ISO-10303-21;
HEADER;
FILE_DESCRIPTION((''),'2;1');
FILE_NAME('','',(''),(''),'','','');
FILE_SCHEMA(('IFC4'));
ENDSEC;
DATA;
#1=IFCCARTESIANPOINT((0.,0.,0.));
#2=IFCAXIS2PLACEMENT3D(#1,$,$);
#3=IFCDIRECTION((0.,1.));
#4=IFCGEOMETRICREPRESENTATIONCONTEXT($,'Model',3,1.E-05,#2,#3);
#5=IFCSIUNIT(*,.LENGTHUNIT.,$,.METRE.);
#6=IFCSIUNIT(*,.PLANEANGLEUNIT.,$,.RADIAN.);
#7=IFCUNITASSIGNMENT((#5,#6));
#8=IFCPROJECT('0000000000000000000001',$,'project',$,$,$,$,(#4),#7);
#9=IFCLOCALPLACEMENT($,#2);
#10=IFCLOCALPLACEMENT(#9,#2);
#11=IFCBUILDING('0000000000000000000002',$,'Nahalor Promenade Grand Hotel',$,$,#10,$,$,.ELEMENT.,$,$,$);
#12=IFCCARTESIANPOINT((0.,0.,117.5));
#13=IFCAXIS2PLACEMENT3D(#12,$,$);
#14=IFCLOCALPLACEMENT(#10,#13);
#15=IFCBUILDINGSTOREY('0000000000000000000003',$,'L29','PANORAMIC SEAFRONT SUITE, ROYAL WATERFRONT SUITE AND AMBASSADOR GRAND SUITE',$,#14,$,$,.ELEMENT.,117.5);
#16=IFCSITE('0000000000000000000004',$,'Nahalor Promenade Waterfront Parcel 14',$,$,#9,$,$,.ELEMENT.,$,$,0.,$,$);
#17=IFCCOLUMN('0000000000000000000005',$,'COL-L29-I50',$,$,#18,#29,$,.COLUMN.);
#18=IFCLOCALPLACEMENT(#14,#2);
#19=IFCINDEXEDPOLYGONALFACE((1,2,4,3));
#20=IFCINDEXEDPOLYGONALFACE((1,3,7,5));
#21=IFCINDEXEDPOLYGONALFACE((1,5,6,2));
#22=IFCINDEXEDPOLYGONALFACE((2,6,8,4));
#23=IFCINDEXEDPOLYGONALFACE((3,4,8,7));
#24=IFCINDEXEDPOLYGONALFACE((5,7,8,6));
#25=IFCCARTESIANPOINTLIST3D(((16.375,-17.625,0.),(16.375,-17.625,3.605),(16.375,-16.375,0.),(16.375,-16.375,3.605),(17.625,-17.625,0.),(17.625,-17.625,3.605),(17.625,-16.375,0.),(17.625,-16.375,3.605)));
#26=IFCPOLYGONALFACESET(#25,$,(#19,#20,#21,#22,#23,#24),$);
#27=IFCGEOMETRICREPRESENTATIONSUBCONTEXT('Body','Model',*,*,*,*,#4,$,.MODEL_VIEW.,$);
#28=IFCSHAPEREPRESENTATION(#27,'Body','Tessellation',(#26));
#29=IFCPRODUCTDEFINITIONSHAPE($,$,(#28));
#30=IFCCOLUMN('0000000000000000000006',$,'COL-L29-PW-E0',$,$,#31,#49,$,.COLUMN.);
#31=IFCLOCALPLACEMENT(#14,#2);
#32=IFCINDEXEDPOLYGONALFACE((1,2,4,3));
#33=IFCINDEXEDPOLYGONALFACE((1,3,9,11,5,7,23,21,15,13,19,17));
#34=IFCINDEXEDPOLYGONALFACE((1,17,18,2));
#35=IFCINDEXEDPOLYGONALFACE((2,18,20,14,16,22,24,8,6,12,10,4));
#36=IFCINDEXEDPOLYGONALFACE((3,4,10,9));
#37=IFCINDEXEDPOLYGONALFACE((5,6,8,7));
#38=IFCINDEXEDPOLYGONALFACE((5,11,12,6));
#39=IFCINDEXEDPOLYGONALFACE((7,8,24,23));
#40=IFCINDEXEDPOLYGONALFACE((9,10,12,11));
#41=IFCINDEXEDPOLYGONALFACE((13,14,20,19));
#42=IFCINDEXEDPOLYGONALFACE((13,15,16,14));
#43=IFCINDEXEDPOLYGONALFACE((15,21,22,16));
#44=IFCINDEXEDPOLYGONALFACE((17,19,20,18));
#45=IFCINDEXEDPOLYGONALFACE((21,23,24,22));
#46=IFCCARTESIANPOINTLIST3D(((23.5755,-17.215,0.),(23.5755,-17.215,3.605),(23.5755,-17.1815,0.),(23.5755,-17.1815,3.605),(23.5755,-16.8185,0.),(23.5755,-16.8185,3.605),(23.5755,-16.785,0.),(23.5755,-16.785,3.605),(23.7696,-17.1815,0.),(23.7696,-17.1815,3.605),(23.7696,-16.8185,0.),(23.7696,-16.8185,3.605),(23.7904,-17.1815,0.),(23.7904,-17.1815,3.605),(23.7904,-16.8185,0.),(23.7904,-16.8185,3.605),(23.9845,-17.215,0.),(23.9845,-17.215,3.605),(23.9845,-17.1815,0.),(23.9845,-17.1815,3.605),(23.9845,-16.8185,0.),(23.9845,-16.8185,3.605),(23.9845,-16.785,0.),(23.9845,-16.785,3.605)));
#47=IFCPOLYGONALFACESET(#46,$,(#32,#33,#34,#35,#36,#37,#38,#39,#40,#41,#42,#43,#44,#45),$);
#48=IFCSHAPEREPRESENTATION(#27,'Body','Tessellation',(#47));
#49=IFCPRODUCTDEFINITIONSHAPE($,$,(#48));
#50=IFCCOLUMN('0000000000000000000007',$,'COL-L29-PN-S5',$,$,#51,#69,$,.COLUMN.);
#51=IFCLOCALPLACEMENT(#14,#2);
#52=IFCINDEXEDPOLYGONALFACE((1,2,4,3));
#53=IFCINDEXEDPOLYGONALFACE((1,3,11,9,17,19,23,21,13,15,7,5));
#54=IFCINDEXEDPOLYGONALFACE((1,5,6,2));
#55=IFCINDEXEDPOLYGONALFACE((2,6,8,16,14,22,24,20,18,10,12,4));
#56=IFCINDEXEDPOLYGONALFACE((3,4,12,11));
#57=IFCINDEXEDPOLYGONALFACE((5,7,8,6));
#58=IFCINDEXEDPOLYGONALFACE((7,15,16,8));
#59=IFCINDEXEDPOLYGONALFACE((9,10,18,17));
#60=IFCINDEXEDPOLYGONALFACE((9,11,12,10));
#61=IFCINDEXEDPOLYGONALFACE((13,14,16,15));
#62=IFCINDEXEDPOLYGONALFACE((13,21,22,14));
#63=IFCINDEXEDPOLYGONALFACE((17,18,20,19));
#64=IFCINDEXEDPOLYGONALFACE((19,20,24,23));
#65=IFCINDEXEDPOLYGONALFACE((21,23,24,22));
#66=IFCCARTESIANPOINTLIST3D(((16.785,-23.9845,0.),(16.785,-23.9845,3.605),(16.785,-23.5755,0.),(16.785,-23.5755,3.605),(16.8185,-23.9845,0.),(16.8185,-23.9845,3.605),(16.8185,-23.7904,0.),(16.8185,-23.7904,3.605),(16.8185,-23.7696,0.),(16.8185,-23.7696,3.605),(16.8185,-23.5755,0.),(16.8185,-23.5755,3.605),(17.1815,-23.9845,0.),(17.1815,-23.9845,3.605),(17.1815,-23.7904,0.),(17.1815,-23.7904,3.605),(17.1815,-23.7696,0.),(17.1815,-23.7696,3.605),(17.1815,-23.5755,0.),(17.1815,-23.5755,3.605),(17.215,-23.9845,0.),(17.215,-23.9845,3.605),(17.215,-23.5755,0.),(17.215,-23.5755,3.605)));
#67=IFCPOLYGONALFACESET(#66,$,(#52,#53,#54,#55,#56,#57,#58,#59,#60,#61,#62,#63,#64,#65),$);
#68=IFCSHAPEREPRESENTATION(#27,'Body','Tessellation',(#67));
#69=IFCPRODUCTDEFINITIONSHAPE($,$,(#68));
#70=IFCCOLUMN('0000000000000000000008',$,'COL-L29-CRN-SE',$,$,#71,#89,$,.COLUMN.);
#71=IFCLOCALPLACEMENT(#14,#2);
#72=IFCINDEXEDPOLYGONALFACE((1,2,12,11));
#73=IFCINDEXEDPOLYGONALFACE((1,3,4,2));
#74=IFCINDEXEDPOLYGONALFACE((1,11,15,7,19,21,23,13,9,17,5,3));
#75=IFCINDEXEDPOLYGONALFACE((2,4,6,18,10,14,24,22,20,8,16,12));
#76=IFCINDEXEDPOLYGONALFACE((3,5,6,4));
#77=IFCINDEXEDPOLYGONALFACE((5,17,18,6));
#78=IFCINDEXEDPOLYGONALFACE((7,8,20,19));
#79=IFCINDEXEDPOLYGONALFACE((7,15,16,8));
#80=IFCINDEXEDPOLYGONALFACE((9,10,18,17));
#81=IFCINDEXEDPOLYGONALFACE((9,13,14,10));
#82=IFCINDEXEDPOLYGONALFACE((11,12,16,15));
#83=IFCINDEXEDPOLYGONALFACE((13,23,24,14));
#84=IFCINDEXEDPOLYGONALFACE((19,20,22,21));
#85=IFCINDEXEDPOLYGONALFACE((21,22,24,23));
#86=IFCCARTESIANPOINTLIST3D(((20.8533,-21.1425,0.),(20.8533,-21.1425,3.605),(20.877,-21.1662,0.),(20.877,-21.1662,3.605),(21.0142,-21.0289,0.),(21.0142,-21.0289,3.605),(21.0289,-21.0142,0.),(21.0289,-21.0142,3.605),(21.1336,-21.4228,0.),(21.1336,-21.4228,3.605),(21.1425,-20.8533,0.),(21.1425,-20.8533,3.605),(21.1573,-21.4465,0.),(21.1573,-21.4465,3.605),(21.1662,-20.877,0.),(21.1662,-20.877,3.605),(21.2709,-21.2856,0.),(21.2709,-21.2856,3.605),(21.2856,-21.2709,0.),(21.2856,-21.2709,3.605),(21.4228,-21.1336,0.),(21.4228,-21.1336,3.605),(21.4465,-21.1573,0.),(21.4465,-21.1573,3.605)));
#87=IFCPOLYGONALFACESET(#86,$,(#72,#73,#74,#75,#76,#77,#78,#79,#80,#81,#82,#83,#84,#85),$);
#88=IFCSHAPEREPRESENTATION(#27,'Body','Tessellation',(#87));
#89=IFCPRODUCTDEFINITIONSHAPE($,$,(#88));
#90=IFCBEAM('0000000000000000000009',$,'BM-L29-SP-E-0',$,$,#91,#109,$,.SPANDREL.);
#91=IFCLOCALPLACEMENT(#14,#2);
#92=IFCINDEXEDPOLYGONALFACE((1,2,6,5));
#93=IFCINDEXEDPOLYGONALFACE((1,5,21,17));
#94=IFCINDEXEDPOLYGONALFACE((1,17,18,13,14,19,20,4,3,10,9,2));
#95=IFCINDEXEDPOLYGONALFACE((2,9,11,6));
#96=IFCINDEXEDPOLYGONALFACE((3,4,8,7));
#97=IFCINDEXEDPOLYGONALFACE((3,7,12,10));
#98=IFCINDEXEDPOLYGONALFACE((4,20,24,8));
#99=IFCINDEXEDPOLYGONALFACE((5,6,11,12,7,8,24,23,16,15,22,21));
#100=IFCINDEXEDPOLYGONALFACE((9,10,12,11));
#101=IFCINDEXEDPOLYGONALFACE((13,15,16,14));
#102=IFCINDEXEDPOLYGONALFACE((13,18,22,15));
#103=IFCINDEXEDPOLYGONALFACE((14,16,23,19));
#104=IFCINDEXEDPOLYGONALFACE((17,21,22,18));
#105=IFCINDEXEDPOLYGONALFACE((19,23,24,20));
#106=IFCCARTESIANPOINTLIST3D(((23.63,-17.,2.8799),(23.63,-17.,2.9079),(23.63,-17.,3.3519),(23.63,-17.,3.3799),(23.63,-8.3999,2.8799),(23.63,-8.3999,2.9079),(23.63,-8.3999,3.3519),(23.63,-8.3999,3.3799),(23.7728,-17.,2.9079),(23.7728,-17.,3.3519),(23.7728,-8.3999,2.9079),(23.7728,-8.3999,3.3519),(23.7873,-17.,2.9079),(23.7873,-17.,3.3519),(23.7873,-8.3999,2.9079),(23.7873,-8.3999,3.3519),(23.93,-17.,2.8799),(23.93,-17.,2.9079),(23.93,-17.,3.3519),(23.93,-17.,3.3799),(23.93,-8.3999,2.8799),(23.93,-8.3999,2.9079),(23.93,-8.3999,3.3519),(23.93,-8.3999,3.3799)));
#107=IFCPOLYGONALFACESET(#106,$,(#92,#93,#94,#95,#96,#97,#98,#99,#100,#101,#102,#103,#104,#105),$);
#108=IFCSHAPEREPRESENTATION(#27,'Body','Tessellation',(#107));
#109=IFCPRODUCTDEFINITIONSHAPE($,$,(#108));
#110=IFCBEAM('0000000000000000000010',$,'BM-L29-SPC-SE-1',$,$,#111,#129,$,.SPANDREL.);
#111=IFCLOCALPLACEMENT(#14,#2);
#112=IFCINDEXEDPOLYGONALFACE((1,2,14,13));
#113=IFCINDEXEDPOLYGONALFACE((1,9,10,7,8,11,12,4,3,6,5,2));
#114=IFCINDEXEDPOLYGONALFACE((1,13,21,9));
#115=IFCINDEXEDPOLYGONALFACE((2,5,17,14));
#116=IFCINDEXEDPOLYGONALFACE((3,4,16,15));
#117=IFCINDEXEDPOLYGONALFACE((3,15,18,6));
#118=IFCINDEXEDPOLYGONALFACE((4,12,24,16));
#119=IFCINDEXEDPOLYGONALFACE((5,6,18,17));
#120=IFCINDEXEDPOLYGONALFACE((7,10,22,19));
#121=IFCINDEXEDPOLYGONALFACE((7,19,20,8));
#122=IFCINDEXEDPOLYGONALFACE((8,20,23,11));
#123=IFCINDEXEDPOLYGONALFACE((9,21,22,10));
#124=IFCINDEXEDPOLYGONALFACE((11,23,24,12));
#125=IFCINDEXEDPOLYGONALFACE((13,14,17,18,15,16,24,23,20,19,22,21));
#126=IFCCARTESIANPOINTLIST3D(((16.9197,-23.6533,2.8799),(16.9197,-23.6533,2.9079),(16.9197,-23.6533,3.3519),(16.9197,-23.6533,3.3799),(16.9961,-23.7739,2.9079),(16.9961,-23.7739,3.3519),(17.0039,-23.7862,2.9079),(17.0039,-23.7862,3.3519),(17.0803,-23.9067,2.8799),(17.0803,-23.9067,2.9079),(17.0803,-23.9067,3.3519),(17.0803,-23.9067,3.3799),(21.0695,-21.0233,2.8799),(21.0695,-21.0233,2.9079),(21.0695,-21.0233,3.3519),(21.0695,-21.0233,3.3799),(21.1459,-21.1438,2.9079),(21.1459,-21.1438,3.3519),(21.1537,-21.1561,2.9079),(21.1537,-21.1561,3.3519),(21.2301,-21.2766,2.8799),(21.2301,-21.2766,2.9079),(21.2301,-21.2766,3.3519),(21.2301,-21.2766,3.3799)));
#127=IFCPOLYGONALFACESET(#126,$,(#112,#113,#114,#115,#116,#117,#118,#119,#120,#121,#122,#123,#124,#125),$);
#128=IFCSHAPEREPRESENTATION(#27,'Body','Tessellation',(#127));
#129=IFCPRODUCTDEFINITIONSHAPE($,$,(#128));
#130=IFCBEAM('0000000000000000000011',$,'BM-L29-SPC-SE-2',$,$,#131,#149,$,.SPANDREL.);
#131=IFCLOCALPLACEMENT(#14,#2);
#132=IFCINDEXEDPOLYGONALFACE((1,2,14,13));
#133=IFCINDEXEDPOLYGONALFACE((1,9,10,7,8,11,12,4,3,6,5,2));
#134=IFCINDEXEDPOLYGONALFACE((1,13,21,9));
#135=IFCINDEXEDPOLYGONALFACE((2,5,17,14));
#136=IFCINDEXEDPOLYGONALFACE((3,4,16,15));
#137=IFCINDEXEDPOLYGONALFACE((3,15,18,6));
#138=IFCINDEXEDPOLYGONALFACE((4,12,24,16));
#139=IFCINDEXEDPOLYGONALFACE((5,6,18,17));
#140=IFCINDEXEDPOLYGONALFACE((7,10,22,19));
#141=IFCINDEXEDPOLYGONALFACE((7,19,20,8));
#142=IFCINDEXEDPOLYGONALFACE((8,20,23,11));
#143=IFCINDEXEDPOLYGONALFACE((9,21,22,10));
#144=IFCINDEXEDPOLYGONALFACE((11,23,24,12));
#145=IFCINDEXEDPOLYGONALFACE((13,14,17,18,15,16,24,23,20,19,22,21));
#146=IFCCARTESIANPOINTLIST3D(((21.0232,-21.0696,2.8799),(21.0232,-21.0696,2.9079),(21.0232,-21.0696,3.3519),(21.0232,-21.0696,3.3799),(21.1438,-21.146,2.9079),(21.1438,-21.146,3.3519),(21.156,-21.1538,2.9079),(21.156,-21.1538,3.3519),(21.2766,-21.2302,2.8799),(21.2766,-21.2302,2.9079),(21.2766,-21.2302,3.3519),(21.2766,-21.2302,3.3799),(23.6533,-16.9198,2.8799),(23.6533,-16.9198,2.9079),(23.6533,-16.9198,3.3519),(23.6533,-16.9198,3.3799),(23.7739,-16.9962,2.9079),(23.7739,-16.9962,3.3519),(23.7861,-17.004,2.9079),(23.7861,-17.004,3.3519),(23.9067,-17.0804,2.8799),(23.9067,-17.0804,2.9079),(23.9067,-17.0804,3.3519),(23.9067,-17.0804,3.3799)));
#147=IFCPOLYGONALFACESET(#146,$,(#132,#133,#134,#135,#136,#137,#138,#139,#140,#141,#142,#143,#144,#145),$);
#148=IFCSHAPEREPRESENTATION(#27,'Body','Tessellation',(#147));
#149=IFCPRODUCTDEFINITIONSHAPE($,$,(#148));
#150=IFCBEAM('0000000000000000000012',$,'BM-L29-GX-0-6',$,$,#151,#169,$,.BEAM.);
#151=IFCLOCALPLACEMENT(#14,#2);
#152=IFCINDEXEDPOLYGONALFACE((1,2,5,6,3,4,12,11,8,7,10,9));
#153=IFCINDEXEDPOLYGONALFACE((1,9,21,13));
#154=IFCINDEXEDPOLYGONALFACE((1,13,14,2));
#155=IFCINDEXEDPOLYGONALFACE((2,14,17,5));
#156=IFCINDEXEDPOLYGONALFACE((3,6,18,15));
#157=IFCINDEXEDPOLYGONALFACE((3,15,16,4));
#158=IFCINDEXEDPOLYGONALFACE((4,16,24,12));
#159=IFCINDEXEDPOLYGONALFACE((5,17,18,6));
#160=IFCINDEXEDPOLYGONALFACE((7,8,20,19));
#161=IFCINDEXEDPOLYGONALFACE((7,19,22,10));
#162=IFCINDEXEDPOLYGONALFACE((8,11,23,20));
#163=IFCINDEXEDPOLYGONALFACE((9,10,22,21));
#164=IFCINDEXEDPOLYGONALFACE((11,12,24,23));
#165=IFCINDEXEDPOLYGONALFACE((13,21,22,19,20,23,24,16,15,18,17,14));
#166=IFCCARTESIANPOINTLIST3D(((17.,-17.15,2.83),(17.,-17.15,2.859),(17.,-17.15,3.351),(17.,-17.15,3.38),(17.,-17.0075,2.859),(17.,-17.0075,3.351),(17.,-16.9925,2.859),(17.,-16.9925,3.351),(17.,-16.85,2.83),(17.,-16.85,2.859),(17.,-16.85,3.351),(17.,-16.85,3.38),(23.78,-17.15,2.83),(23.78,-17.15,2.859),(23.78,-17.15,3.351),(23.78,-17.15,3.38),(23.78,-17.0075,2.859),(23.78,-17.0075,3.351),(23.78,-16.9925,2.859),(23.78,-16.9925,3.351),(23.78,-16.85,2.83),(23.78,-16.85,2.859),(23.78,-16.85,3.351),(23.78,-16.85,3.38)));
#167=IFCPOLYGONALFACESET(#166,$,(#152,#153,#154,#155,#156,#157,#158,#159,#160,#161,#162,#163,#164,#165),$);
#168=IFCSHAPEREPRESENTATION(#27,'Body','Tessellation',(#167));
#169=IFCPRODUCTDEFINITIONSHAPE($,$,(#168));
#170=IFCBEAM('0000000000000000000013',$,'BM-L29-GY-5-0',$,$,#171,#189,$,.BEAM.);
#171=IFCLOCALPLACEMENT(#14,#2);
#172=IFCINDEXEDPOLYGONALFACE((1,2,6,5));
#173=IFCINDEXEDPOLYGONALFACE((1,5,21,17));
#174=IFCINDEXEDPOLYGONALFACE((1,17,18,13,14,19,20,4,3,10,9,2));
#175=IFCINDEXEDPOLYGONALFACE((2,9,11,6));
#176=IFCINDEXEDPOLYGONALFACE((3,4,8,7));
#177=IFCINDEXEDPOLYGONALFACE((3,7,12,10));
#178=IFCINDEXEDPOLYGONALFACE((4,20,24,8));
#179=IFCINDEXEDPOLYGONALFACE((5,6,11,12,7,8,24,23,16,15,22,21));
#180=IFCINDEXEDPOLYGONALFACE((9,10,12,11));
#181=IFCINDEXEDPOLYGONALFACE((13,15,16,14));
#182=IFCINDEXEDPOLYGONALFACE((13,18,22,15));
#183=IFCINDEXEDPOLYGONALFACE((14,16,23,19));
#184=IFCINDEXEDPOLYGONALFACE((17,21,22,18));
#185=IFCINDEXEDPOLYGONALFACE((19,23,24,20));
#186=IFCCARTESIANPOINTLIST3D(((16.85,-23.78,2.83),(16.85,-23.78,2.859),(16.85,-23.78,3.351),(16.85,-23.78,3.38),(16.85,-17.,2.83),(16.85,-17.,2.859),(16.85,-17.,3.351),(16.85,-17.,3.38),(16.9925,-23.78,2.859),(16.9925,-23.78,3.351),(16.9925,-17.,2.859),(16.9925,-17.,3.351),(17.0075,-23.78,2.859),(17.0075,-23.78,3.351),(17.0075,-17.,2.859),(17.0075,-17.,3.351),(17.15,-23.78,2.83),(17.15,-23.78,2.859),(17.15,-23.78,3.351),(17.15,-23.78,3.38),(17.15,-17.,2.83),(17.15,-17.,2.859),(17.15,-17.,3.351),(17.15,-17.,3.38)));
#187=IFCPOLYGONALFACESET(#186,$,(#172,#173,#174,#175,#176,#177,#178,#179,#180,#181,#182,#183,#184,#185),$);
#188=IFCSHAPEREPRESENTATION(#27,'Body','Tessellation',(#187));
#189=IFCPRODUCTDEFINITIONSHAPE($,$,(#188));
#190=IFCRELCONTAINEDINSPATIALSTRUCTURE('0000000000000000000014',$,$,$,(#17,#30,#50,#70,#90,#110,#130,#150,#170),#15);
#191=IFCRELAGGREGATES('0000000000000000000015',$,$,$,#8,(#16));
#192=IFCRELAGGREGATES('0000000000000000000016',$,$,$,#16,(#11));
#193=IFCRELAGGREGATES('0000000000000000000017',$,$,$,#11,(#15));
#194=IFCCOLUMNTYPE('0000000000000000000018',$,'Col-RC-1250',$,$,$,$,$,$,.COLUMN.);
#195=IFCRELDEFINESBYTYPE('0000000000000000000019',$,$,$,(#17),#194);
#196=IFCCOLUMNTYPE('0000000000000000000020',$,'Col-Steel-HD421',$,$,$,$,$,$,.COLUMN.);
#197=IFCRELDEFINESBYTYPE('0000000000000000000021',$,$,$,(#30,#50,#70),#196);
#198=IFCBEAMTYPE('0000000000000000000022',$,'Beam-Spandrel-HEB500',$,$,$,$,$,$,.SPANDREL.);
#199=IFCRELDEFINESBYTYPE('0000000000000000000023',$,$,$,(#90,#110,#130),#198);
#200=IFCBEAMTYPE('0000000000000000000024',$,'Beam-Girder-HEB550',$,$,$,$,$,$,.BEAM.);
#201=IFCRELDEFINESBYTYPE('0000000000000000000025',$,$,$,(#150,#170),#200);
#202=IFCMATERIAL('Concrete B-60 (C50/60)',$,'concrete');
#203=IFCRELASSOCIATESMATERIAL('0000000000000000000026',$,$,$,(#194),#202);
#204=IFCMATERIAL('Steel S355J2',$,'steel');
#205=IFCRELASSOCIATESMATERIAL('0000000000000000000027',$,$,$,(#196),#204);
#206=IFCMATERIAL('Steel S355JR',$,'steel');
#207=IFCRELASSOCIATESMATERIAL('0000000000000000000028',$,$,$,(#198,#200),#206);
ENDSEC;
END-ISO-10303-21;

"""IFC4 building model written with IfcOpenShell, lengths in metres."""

from ifc_helpers import new_model, si_unit, direction, frame, origin, origin_2d, place, context, subcontext, project, spatial, rectangle, i_section, extrude, source, transform, mapped, material, material_profile, profile_set, type_object, element, save


model = new_model("IFC4")

# Units and contexts
model_context = context("Model", 3, precision=1e-05, world=origin(), true_north=direction((0.0, 1.0)))
body_context = subcontext(model_context, "Body", "Model", "MODEL_VIEW")
ifc_project = project(units=[si_unit("LENGTHUNIT", "METRE"), si_unit("PLANEANGLEUNIT", "RADIAN")], contexts=[model_context])

# Site, building, storey
site_placement = place(None, origin())
site = spatial("IfcSite", under=ifc_project, at=site_placement, Name="Nahalor Promenade Waterfront Parcel 14", CompositionType="ELEMENT", RefElevation=0.0)
building_placement = place(site_placement, origin())
building = spatial("IfcBuilding", under=site, at=building_placement, Name="Nahalor Promenade Grand Hotel", CompositionType="ELEMENT")
storey_placement = place(building_placement, frame((0.0, 0.0, 117.5)))
storey = spatial("IfcBuildingStorey", under=building, at=storey_placement, Name="L29", Description="PANORAMIC SEAFRONT SUITE, ROYAL WATERFRONT SUITE AND AMBASSADOR GRAND SUITE", CompositionType="ELEMENT", Elevation=117.5)

# Columns
ifc_material_1 = material(Name="Concrete B-60 (C50/60)", Category="concrete")
ifc_material_profile_1 = material_profile(ifc_material_1, rectangle(XDim=1.25, YDim=1.25, at=origin_2d()), Name="RC 1250x1250")
ifc_profile_set_1 = profile_set([ifc_material_profile_1], Name="Concrete B-60 (C50/60)")
column_type_1 = type_object("IfcColumnType", Name="Col-RC-1250", PredefinedType="COLUMN", material=ifc_profile_set_1)
shared_shape_1 = source(origin(), body_context, "Body", "SweptSolid", [
    extrude(rectangle(XDim=1.25, YDim=1.25, at=origin_2d()), origin(), (0.0, 0.0, 1.0), 3.605),
])
column_placement = place(storey_placement, frame((17.0, -17.0, 0.0), z_axis=(0.0, 0.0, 1.0), x_axis=(1.0, 0.0, 0.0)))
element("IfcColumn", 1, at=column_placement, inside=storey, type_object=column_type_1, Name="COL-L29-I50", PredefinedType="COLUMN", context=body_context, shape_type="MappedRepresentation", body=[
    mapped(shared_shape_1, transform((0.0, 0.0, 0.0), scale=1.0)),
])
ifc_material_2 = material(Name="Steel S355J2", Category="steel")
ifc_material_profile_2 = material_profile(ifc_material_2, i_section(OverallWidth=0.409, OverallDepth=0.43, WebThickness=0.0208, FlangeThickness=0.0335, at=origin_2d()), Name="HD 400x421")
ifc_profile_set_2 = profile_set([ifc_material_profile_2], Name="Steel S355J2")
column_type_2 = type_object("IfcColumnType", Name="Col-Steel-HD421", PredefinedType="COLUMN", material=ifc_profile_set_2)
shared_shape_2 = source(origin(), body_context, "Body", "SweptSolid", [
    extrude(i_section(OverallWidth=0.409, OverallDepth=0.43, WebThickness=0.0208, FlangeThickness=0.0335, at=origin_2d()), origin(), (0.0, 0.0, 1.0), 3.605),
])
for number, where, z_axis, x_axis, name in (
    (2, (23.78, -17.0, 0.0), (0.0, 0.0, 1.0), (1.0, 0.0, 0.0), "COL-L29-PW-E0"),
    (3, (17.0, -23.78, 0.0), (0.0, 0.0, 1.0), (0.0, 1.0, 0.0), "COL-L29-PN-S5"),
    (4, (21.1499, -21.1499, 0.0), (0.0, 0.0, 1.0), (0.707107, 0.707107, 0.0), "COL-L29-CRN-SE"),
):
    element("IfcColumn", number, at=place(storey_placement, frame(where, z_axis=z_axis, x_axis=x_axis)), inside=storey, type_object=column_type_2, Name=name, PredefinedType="COLUMN", context=body_context, shape_type="MappedRepresentation", body=[
        mapped(shared_shape_2, transform((0.0, 0.0, 0.0), scale=1.0)),
    ])

# Beams
ifc_material_3 = material(Name="Steel S355JR", Category="steel")
ifc_material_profile_3 = material_profile(ifc_material_3, i_section(OverallWidth=0.3, OverallDepth=0.5, WebThickness=0.0145, FlangeThickness=0.028, at=origin_2d()), Name="HEB 500")
ifc_profile_set_3 = profile_set([ifc_material_profile_3], Name="Steel S355JR")
beam_type_1 = type_object("IfcBeamType", Name="Beam-Spandrel-HEB500", PredefinedType="SPANDREL", material=ifc_profile_set_3)
shared_shape_3 = source(origin(), body_context, "Body", "SweptSolid", [
    extrude(i_section(OverallWidth=0.3, OverallDepth=0.5, WebThickness=0.0145, FlangeThickness=0.028, at=origin_2d()), origin(), (0.0, 0.0, 1.0), 8.6001),
])
beam_1_placement = place(storey_placement, frame((23.78, -17.0, 3.1299), z_axis=(0.0, 1.0, 0.0), x_axis=(-1.0, 0.0, 0.0)))
element("IfcBeam", 5, at=beam_1_placement, inside=storey, type_object=beam_type_1, Name="BM-L29-SP-E-0", PredefinedType="SPANDREL", context=body_context, shape_type="MappedRepresentation", body=[
    mapped(shared_shape_3, transform((0.0, 0.0, 0.0), scale=1.0)),
])
shared_shape_4 = source(origin(), body_context, "Body", "SweptSolid", [
    extrude(i_section(OverallWidth=0.3, OverallDepth=0.5, WebThickness=0.0145, FlangeThickness=0.028, at=origin_2d()), origin(), (0.0, 0.0, 1.0), 4.9131),
])
for number, where, z_axis, x_axis, name in (
    (6, (17.0, -23.78, 3.1299), (0.844648, 0.535322, 0.0), (-0.535322, 0.844648, 0.0), "BM-L29-SPC-SE-1"),
    (7, (21.1499, -21.1499, 3.1299), (0.535322, 0.844648, 0.0), (-0.844648, 0.535322, 0.0), "BM-L29-SPC-SE-2"),
):
    element("IfcBeam", number, at=place(storey_placement, frame(where, z_axis=z_axis, x_axis=x_axis)), inside=storey, type_object=beam_type_1, Name=name, PredefinedType="SPANDREL", context=body_context, shape_type="MappedRepresentation", body=[
        mapped(shared_shape_4, transform((0.0, 0.0, 0.0), scale=1.0)),
    ])
ifc_material_profile_4 = material_profile(ifc_material_3, i_section(OverallWidth=0.3, OverallDepth=0.55, WebThickness=0.015, FlangeThickness=0.029, at=origin_2d()), Name="HEB 550")
ifc_profile_set_4 = profile_set([ifc_material_profile_4], Name="Steel S355JR")
beam_type_2 = type_object("IfcBeamType", Name="Beam-Girder-HEB550", PredefinedType="BEAM", material=ifc_profile_set_4)
shared_shape_5 = source(origin(), body_context, "Body", "SweptSolid", [
    extrude(i_section(OverallWidth=0.3, OverallDepth=0.55, WebThickness=0.015, FlangeThickness=0.029, at=origin_2d()), origin(), (0.0, 0.0, 1.0), 6.78),
])
for number, where, z_axis, x_axis, name in (
    (8, (17.0, -17.0, 3.105), (1.0, 0.0, 0.0), (0.0, 1.0, 0.0), "BM-L29-GX-0-6"),
    (9, (17.0, -23.78, 3.105), (0.0, 1.0, 0.0), (-1.0, 0.0, 0.0), "BM-L29-GY-5-0"),
):
    element("IfcBeam", number, at=place(storey_placement, frame(where, z_axis=z_axis, x_axis=x_axis)), inside=storey, type_object=beam_type_2, Name=name, PredefinedType="BEAM", context=body_context, shape_type="MappedRepresentation", body=[
        mapped(shared_shape_5, transform((0.0, 0.0, 0.0), scale=1.0)),
    ])

save(model, "model.ifc")
